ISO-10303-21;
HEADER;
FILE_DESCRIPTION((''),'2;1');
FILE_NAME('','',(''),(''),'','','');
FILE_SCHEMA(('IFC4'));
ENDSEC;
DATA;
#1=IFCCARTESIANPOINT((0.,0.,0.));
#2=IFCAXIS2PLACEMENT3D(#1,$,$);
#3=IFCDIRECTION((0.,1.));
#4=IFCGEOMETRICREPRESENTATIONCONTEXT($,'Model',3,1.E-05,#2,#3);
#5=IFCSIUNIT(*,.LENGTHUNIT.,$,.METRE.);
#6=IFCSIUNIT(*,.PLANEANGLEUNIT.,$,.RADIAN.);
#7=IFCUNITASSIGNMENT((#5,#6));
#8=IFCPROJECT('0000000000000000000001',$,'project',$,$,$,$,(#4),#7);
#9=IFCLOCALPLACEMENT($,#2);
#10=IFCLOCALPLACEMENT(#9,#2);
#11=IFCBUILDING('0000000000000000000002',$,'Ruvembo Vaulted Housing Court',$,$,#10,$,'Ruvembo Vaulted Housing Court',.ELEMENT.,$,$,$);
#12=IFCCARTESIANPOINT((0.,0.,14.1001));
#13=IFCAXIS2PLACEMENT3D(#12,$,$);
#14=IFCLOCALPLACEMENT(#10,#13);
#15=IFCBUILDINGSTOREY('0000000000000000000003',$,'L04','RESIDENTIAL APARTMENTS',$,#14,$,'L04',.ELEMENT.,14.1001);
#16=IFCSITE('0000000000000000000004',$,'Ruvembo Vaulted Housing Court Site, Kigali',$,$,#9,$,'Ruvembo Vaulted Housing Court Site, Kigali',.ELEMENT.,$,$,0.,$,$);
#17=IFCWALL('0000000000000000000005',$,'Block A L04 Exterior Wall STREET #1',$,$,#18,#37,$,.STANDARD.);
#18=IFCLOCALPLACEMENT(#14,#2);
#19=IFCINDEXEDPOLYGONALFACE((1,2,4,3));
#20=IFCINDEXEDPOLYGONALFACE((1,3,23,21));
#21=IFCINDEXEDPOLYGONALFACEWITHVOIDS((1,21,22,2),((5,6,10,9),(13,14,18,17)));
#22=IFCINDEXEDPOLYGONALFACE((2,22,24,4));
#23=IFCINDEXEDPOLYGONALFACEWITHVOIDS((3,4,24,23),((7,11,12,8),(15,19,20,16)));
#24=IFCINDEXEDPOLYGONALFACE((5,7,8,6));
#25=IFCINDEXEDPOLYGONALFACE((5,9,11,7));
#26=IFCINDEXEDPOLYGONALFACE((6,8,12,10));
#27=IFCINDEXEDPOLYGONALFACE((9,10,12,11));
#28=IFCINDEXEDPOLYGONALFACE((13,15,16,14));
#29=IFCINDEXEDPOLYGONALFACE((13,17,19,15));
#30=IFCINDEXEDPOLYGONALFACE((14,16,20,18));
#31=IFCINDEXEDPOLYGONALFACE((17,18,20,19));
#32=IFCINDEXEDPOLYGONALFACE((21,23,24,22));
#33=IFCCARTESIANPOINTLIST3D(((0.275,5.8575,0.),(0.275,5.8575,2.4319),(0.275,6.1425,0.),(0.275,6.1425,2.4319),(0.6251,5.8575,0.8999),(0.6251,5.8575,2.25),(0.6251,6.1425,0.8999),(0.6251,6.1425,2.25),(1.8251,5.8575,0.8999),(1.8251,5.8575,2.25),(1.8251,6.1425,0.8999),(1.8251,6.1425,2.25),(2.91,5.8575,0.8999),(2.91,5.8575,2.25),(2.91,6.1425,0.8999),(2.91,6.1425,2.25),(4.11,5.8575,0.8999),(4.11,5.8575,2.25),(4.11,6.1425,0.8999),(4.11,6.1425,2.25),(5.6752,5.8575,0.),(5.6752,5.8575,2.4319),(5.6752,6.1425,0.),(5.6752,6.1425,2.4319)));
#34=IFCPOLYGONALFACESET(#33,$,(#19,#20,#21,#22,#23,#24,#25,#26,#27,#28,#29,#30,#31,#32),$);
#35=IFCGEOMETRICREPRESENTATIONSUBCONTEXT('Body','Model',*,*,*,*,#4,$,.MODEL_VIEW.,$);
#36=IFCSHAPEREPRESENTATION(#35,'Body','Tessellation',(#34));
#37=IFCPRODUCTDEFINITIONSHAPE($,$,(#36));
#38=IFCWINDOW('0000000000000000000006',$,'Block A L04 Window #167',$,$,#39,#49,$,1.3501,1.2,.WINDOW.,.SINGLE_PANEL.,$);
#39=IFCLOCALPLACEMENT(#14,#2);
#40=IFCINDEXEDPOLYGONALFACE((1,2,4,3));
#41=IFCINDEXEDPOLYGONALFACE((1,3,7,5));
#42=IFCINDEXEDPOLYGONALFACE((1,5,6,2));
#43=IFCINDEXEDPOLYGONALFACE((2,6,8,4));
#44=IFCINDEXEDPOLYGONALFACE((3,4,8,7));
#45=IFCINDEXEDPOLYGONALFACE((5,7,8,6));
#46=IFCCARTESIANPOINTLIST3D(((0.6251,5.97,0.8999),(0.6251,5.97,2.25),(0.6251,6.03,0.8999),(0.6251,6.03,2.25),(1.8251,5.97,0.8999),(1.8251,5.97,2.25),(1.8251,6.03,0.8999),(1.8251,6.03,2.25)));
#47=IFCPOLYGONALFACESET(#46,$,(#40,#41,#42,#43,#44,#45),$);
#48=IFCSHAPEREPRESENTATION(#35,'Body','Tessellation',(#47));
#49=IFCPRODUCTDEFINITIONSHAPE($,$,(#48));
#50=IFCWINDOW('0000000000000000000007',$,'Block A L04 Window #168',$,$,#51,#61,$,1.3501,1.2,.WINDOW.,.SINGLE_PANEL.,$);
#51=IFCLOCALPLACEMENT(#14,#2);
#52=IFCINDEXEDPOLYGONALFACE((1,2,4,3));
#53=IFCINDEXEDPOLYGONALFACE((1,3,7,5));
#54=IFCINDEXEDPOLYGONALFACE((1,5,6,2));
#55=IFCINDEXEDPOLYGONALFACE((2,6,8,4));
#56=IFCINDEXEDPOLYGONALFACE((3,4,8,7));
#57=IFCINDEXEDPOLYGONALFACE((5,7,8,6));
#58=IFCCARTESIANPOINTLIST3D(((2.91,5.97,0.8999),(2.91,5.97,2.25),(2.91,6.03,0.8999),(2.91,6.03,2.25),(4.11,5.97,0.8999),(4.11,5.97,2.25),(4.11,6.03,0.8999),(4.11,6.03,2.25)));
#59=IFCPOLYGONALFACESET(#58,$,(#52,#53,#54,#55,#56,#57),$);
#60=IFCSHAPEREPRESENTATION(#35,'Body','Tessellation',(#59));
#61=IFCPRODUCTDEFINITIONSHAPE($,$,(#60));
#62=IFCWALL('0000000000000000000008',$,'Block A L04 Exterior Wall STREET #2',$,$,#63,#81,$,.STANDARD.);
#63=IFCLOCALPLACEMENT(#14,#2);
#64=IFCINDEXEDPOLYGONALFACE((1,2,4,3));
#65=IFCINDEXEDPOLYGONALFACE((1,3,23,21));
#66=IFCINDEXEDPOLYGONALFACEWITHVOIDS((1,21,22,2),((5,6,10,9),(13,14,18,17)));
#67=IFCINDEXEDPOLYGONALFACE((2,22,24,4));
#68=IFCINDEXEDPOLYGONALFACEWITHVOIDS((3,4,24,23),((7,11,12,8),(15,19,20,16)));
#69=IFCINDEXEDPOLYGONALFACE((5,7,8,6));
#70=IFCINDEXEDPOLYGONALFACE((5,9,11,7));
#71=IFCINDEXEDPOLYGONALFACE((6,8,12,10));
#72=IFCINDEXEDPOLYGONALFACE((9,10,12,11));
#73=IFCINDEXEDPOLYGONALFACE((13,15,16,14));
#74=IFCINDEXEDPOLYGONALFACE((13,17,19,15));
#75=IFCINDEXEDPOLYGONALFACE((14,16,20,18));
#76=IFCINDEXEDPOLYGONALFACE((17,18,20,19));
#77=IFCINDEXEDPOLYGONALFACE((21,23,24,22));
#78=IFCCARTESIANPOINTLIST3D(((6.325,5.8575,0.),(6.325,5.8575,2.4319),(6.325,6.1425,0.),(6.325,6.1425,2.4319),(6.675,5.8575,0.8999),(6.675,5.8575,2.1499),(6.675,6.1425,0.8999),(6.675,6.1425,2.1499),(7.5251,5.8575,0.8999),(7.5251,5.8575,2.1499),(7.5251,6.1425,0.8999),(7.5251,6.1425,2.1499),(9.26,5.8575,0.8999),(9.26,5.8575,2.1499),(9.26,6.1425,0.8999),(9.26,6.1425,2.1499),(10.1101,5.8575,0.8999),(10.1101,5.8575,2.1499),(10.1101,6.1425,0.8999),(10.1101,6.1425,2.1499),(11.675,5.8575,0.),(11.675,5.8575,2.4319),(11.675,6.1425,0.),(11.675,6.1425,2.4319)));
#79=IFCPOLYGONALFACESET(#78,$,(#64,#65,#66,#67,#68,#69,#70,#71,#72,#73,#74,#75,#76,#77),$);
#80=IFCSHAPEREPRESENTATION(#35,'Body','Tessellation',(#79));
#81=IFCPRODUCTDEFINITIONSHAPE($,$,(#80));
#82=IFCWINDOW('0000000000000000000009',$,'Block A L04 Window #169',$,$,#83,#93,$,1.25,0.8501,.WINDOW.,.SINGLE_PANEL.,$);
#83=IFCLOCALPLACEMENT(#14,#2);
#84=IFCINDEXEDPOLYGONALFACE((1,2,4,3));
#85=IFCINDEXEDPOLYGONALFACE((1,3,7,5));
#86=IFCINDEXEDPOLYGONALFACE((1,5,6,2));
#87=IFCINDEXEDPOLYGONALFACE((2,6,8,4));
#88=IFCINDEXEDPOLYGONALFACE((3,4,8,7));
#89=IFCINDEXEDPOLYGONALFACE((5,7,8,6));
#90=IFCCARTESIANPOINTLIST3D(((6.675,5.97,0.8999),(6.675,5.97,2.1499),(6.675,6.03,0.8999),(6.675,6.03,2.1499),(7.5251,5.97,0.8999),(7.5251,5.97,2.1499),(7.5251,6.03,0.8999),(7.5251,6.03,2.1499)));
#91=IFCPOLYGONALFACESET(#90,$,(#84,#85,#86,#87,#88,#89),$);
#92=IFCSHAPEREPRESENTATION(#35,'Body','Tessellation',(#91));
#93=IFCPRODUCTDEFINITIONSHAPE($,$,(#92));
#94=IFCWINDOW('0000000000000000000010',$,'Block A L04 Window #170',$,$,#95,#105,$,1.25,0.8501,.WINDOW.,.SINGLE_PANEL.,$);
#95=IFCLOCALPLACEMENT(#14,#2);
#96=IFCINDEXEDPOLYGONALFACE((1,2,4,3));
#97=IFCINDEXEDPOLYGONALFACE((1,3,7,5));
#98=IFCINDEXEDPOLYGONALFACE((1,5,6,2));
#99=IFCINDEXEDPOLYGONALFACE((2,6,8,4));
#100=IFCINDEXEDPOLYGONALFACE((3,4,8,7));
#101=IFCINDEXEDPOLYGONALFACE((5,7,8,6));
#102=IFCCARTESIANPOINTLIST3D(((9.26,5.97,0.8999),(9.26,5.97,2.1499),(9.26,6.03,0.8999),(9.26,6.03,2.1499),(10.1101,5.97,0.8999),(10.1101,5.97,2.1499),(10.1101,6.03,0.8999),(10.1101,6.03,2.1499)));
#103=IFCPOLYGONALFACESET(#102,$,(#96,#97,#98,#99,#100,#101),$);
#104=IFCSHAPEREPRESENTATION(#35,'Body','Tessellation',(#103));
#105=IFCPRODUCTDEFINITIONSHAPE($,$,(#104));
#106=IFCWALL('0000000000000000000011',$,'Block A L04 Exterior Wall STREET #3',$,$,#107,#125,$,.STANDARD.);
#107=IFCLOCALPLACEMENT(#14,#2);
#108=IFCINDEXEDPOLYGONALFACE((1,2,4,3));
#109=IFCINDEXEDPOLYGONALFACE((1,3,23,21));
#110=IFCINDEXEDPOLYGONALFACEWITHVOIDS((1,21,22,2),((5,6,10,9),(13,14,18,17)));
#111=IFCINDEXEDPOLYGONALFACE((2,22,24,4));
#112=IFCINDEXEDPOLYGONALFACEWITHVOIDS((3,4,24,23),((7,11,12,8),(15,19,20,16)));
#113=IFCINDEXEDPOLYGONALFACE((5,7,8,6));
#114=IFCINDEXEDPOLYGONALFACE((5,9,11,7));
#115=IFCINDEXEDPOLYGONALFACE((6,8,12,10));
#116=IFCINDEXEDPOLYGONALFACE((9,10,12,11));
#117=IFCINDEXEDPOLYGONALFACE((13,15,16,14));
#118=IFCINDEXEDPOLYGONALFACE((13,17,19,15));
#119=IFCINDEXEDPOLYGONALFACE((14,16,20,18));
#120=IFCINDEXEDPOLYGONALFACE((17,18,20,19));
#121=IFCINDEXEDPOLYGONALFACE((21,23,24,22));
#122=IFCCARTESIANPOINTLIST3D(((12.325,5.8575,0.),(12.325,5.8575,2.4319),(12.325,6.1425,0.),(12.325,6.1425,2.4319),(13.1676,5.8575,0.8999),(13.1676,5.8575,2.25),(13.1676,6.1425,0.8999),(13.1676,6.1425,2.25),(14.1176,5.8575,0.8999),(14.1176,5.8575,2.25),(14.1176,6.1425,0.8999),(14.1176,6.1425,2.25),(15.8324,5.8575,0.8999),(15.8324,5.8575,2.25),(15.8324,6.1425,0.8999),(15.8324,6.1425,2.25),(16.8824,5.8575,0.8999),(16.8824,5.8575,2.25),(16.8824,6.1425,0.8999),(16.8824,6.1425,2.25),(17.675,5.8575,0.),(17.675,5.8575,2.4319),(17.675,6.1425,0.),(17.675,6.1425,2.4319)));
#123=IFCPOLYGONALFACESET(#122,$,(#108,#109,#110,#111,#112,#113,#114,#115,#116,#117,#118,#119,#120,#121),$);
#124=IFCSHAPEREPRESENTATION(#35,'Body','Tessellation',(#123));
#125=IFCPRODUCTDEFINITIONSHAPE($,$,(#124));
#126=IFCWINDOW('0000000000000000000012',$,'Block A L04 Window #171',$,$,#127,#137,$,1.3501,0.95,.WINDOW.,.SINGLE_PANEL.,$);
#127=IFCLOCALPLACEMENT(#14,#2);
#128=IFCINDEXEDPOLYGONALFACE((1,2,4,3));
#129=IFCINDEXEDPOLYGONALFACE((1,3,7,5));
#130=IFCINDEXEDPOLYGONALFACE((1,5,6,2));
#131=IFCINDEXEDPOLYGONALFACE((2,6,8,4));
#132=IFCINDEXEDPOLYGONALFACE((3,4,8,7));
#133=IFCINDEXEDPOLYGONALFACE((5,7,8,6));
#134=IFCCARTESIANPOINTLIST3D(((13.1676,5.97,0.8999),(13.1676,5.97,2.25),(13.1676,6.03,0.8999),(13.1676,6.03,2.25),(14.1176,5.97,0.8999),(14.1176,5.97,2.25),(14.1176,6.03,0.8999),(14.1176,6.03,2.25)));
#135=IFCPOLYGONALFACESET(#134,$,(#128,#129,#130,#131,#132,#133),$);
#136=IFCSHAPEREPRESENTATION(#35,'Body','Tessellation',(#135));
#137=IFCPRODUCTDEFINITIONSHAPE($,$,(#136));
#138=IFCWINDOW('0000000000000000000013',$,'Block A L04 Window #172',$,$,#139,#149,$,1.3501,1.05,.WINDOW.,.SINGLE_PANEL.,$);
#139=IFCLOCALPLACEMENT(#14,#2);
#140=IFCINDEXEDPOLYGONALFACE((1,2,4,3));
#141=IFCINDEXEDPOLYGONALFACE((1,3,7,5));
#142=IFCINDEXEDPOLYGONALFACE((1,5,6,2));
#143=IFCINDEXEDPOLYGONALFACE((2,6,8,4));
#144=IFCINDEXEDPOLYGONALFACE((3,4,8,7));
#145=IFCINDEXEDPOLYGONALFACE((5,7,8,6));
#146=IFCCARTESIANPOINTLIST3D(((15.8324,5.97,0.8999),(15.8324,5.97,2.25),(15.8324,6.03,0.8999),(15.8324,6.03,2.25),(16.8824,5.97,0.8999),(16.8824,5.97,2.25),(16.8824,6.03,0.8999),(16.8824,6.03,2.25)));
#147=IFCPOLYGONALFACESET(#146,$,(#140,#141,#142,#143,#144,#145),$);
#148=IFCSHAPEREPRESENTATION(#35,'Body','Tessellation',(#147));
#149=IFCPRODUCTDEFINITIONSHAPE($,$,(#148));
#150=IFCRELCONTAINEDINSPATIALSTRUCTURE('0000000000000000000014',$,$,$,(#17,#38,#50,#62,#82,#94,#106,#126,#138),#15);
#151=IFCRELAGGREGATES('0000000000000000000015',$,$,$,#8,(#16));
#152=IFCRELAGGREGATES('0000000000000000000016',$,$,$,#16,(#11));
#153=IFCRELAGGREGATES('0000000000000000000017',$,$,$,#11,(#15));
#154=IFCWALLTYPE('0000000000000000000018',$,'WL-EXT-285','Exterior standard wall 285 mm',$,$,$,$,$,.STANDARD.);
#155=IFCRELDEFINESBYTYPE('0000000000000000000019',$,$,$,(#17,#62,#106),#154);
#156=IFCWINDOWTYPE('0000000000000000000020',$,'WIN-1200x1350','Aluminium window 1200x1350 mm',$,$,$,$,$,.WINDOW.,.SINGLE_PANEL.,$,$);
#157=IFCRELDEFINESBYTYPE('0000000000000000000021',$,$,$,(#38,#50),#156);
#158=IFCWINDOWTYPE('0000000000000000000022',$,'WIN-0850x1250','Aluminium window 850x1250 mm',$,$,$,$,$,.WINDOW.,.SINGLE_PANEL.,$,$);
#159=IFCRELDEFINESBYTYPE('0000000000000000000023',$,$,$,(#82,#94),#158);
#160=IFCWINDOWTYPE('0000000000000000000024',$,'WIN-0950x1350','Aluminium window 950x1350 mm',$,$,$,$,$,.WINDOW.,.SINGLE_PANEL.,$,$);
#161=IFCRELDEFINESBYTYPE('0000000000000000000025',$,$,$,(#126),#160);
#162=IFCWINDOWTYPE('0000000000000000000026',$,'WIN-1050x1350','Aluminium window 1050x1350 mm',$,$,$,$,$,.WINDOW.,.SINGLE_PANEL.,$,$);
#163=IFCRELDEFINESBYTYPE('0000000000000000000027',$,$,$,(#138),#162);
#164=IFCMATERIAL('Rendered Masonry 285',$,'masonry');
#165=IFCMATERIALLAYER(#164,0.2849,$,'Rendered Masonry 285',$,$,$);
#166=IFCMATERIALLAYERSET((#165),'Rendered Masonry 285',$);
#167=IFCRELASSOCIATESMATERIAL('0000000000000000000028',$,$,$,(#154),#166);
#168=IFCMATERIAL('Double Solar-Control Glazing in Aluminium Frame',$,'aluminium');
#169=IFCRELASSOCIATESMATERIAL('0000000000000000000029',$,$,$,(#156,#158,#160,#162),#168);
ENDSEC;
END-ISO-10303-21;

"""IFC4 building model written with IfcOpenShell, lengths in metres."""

from ifc_helpers import new_model, si_unit, direction, frame, frame_2d, origin, place, context, subcontext, project, spatial, rectangle, extrude, material, layer, layer_set, type_object, element, fill, save


model = new_model("IFC4")

# Units and contexts
model_context = context("Model", 3, precision=1e-05, world=origin(), true_north=direction((0.0, 1.0)))
body_context = subcontext(model_context, "Body", "Model", "MODEL_VIEW")
ifc_project = project(units=[si_unit("LENGTHUNIT", "METRE"), si_unit("PLANEANGLEUNIT", "RADIAN")], contexts=[model_context])

# Site, building, storey
site_placement = place(None, origin())
site = spatial("IfcSite", under=ifc_project, at=site_placement, Name="Ruvembo Vaulted Housing Court Site, Kigali", LongName="Ruvembo Vaulted Housing Court Site, Kigali", CompositionType="ELEMENT", RefElevation=0.0)
building_placement = place(site_placement, origin())
building = spatial("IfcBuilding", under=site, at=building_placement, Name="Ruvembo Vaulted Housing Court", LongName="Ruvembo Vaulted Housing Court", CompositionType="ELEMENT")
storey_placement = place(building_placement, frame((0.0, 0.0, 14.1001)))
storey = spatial("IfcBuildingStorey", under=building, at=storey_placement, Name="L04", Description="RESIDENTIAL APARTMENTS", LongName="L04", CompositionType="ELEMENT", Elevation=14.1001)

# Walls, openings, windows
ifc_material_1 = material(Name="Rendered Masonry 285", Category="masonry")
ifc_layer_1 = layer(ifc_material_1, 0.2849, Name="Rendered Masonry 285")
ifc_layer_set_1 = layer_set([ifc_layer_1], Name="Rendered Masonry 285")
wall_type_1 = type_object("IfcWallType", Name="WL-EXT-285", Description="Exterior standard wall 285 mm", PredefinedType="STANDARD", material=ifc_layer_set_1)
wall_1_placement = place(storey_placement, frame((0.2749, 6.0, 0.0), z_axis=(0.0, 0.0, 1.0), x_axis=(1.0, 0.0, 0.0)))
wall_1 = element("IfcWall", 1, at=wall_1_placement, inside=storey, type_object=wall_type_1, Name="Block A L04 Exterior Wall STREET #1", PredefinedType="STANDARD", context=body_context, shape_type="SweptSolid", body=[
    extrude(rectangle(XDim=5.4001, YDim=0.2849, at=frame_2d((2.7002, 0.0))), origin(), (0.0, 0.0, 1.0), 2.4319),
])
opening_1_placement = place(wall_1_placement, frame((0.3501, 0.0, 0.8999)))
opening_1 = element("IfcOpeningElement", 2, at=opening_1_placement, cuts=wall_1, PredefinedType="OPENING", context=body_context, shape_type="SweptSolid", body=[
    extrude(rectangle(XDim=1.2, YDim=1.3501, at=frame_2d((0.6001, 0.675))), frame((0.0, 0.1523, 0.0), z_axis=(0.0, -1.0, 0.0), x_axis=(1.0, 0.0, 0.0)), (0.0, 0.0, 1.0), 0.3049),
])
opening_2_placement = place(wall_1_placement, frame((2.635, 0.0, 0.8999)))
opening_2 = element("IfcOpeningElement", 3, at=opening_2_placement, cuts=wall_1, PredefinedType="OPENING", context=body_context, shape_type="SweptSolid", body=[
    extrude(rectangle(XDim=1.2, YDim=1.3501, at=frame_2d((0.6001, 0.675))), frame((0.0, 0.1523, 0.0), z_axis=(0.0, -1.0, 0.0), x_axis=(1.0, 0.0, 0.0)), (0.0, 0.0, 1.0), 0.3049),
])
ifc_material_2 = material(Name="Double Solar-Control Glazing in Aluminium Frame", Category="aluminium")
window_type_1 = type_object("IfcWindowType", Name="WIN-1200x1350", Description="Aluminium window 1200x1350 mm", PartitioningType="SINGLE_PANEL", PredefinedType="WINDOW", material=ifc_material_2)
window_1_placement = place(opening_1_placement, origin())
window_1 = element("IfcWindow", 4, at=window_1_placement, inside=storey, type_object=window_type_1, Name="Block A L04 Window #167", OverallHeight=1.3501, OverallWidth=1.2, PartitioningType="SINGLE_PANEL", PredefinedType="WINDOW", context=body_context, shape_type="SweptSolid", body=[
    extrude(rectangle(XDim=1.2, YDim=1.3501, at=frame_2d((0.6001, 0.675))), frame((0.0, 0.03, 0.0), z_axis=(0.0, -1.0, 0.0), x_axis=(1.0, 0.0, 0.0)), (0.0, 0.0, 1.0), 0.0601),
])
fill(opening_1, window_1)
window_2_placement = place(opening_2_placement, origin())
window_2 = element("IfcWindow", 5, at=window_2_placement, inside=storey, type_object=window_type_1, Name="Block A L04 Window #168", OverallHeight=1.3501, OverallWidth=1.2, PartitioningType="SINGLE_PANEL", PredefinedType="WINDOW", context=body_context, shape_type="SweptSolid", body=[
    extrude(rectangle(XDim=1.2, YDim=1.3501, at=frame_2d((0.6001, 0.675))), frame((0.0, 0.03, 0.0), z_axis=(0.0, -1.0, 0.0), x_axis=(1.0, 0.0, 0.0)), (0.0, 0.0, 1.0), 0.0601),
])
fill(opening_2, window_2)
wall_2_placement = place(storey_placement, frame((6.325, 6.0, 0.0), z_axis=(0.0, 0.0, 1.0), x_axis=(1.0, 0.0, 0.0)))
wall_2 = element("IfcWall", 6, at=wall_2_placement, inside=storey, type_object=wall_type_1, Name="Block A L04 Exterior Wall STREET #2", PredefinedType="STANDARD", context=body_context, shape_type="SweptSolid", body=[
    extrude(rectangle(XDim=5.3501, YDim=0.2849, at=frame_2d((2.675, 0.0))), origin(), (0.0, 0.0, 1.0), 2.4319),
])
opening_3_placement = place(wall_2_placement, frame((0.3501, 0.0, 0.8999)))
opening_3 = element("IfcOpeningElement", 7, at=opening_3_placement, cuts=wall_2, PredefinedType="OPENING", context=body_context, shape_type="SweptSolid", body=[
    extrude(rectangle(XDim=0.8501, YDim=1.25, at=frame_2d((0.425, 0.625))), frame((0.0, 0.1523, 0.0), z_axis=(0.0, -1.0, 0.0), x_axis=(1.0, 0.0, 0.0)), (0.0, 0.0, 1.0), 0.3049),
])
opening_4_placement = place(wall_2_placement, frame((2.9351, 0.0, 0.8999)))
opening_4 = element("IfcOpeningElement", 8, at=opening_4_placement, cuts=wall_2, PredefinedType="OPENING", context=body_context, shape_type="SweptSolid", body=[
    extrude(rectangle(XDim=0.8501, YDim=1.25, at=frame_2d((0.425, 0.625))), frame((0.0, 0.1523, 0.0), z_axis=(0.0, -1.0, 0.0), x_axis=(1.0, 0.0, 0.0)), (0.0, 0.0, 1.0), 0.3049),
])
window_type_2 = type_object("IfcWindowType", Name="WIN-0850x1250", Description="Aluminium window 850x1250 mm", PartitioningType="SINGLE_PANEL", PredefinedType="WINDOW", material=ifc_material_2)
window_3_placement = place(opening_3_placement, origin())
window_3 = element("IfcWindow", 9, at=window_3_placement, inside=storey, type_object=window_type_2, Name="Block A L04 Window #169", OverallHeight=1.25, OverallWidth=0.8501, PartitioningType="SINGLE_PANEL", PredefinedType="WINDOW", context=body_context, shape_type="SweptSolid", body=[
    extrude(rectangle(XDim=0.8501, YDim=1.25, at=frame_2d((0.425, 0.625))), frame((0.0, 0.03, 0.0), z_axis=(0.0, -1.0, 0.0), x_axis=(1.0, 0.0, 0.0)), (0.0, 0.0, 1.0), 0.0601),
])
fill(opening_3, window_3)
window_4_placement = place(opening_4_placement, origin())
window_4 = element("IfcWindow", 10, at=window_4_placement, inside=storey, type_object=window_type_2, Name="Block A L04 Window #170", OverallHeight=1.25, OverallWidth=0.8501, PartitioningType="SINGLE_PANEL", PredefinedType="WINDOW", context=body_context, shape_type="SweptSolid", body=[
    extrude(rectangle(XDim=0.8501, YDim=1.25, at=frame_2d((0.425, 0.625))), frame((0.0, 0.03, 0.0), z_axis=(0.0, -1.0, 0.0), x_axis=(1.0, 0.0, 0.0)), (0.0, 0.0, 1.0), 0.0601),
])
fill(opening_4, window_4)
wall_3_placement = place(storey_placement, frame((12.325, 6.0, 0.0), z_axis=(0.0, 0.0, 1.0), x_axis=(1.0, 0.0, 0.0)))
wall_3 = element("IfcWall", 11, at=wall_3_placement, inside=storey, type_object=wall_type_1, Name="Block A L04 Exterior Wall STREET #3", PredefinedType="STANDARD", context=body_context, shape_type="SweptSolid", body=[
    extrude(rectangle(XDim=5.3501, YDim=0.2849, at=frame_2d((2.675, 0.0))), origin(), (0.0, 0.0, 1.0), 2.4319),
])
opening_5_placement = place(wall_3_placement, frame((0.8425, 0.0, 0.8999)))
opening_5 = element("IfcOpeningElement", 12, at=opening_5_placement, cuts=wall_3, PredefinedType="OPENING", context=body_context, shape_type="SweptSolid", body=[
    extrude(rectangle(XDim=0.95, YDim=1.3501, at=frame_2d((0.4751, 0.675))), frame((0.0, 0.1523, 0.0), z_axis=(0.0, -1.0, 0.0), x_axis=(1.0, 0.0, 0.0)), (0.0, 0.0, 1.0), 0.3049),
])
opening_6_placement = place(wall_3_placement, frame((3.5076, 0.0, 0.8999)))
opening_6 = element("IfcOpeningElement", 13, at=opening_6_placement, cuts=wall_3, PredefinedType="OPENING", context=body_context, shape_type="SweptSolid", body=[
    extrude(rectangle(XDim=1.05, YDim=1.3501, at=frame_2d((0.5249, 0.675))), frame((0.0, 0.1523, 0.0), z_axis=(0.0, -1.0, 0.0), x_axis=(1.0, 0.0, 0.0)), (0.0, 0.0, 1.0), 0.3049),
])
window_type_3 = type_object("IfcWindowType", Name="WIN-0950x1350", Description="Aluminium window 950x1350 mm", PartitioningType="SINGLE_PANEL", PredefinedType="WINDOW", material=ifc_material_2)
window_5_placement = place(opening_5_placement, origin())
window_5 = element("IfcWindow", 14, at=window_5_placement, inside=storey, type_object=window_type_3, Name="Block A L04 Window #171", OverallHeight=1.3501, OverallWidth=0.95, PartitioningType="SINGLE_PANEL", PredefinedType="WINDOW", context=body_context, shape_type="SweptSolid", body=[
    extrude(rectangle(XDim=0.95, YDim=1.3501, at=frame_2d((0.4751, 0.675))), frame((0.0, 0.03, 0.0), z_axis=(0.0, -1.0, 0.0), x_axis=(1.0, 0.0, 0.0)), (0.0, 0.0, 1.0), 0.0601),
])
fill(opening_5, window_5)
window_type_4 = type_object("IfcWindowType", Name="WIN-1050x1350", Description="Aluminium window 1050x1350 mm", PartitioningType="SINGLE_PANEL", PredefinedType="WINDOW", material=ifc_material_2)
window_6_placement = place(opening_6_placement, origin())
window_6 = element("IfcWindow", 15, at=window_6_placement, inside=storey, type_object=window_type_4, Name="Block A L04 Window #172", OverallHeight=1.3501, OverallWidth=1.05, PartitioningType="SINGLE_PANEL", PredefinedType="WINDOW", context=body_context, shape_type="SweptSolid", body=[
    extrude(rectangle(XDim=1.05, YDim=1.3501, at=frame_2d((0.5249, 0.675))), frame((0.0, 0.03, 0.0), z_axis=(0.0, -1.0, 0.0), x_axis=(1.0, 0.0, 0.0)), (0.0, 0.0, 1.0), 0.0601),
])
fill(opening_6, window_6)

save(model, "model.ifc")
